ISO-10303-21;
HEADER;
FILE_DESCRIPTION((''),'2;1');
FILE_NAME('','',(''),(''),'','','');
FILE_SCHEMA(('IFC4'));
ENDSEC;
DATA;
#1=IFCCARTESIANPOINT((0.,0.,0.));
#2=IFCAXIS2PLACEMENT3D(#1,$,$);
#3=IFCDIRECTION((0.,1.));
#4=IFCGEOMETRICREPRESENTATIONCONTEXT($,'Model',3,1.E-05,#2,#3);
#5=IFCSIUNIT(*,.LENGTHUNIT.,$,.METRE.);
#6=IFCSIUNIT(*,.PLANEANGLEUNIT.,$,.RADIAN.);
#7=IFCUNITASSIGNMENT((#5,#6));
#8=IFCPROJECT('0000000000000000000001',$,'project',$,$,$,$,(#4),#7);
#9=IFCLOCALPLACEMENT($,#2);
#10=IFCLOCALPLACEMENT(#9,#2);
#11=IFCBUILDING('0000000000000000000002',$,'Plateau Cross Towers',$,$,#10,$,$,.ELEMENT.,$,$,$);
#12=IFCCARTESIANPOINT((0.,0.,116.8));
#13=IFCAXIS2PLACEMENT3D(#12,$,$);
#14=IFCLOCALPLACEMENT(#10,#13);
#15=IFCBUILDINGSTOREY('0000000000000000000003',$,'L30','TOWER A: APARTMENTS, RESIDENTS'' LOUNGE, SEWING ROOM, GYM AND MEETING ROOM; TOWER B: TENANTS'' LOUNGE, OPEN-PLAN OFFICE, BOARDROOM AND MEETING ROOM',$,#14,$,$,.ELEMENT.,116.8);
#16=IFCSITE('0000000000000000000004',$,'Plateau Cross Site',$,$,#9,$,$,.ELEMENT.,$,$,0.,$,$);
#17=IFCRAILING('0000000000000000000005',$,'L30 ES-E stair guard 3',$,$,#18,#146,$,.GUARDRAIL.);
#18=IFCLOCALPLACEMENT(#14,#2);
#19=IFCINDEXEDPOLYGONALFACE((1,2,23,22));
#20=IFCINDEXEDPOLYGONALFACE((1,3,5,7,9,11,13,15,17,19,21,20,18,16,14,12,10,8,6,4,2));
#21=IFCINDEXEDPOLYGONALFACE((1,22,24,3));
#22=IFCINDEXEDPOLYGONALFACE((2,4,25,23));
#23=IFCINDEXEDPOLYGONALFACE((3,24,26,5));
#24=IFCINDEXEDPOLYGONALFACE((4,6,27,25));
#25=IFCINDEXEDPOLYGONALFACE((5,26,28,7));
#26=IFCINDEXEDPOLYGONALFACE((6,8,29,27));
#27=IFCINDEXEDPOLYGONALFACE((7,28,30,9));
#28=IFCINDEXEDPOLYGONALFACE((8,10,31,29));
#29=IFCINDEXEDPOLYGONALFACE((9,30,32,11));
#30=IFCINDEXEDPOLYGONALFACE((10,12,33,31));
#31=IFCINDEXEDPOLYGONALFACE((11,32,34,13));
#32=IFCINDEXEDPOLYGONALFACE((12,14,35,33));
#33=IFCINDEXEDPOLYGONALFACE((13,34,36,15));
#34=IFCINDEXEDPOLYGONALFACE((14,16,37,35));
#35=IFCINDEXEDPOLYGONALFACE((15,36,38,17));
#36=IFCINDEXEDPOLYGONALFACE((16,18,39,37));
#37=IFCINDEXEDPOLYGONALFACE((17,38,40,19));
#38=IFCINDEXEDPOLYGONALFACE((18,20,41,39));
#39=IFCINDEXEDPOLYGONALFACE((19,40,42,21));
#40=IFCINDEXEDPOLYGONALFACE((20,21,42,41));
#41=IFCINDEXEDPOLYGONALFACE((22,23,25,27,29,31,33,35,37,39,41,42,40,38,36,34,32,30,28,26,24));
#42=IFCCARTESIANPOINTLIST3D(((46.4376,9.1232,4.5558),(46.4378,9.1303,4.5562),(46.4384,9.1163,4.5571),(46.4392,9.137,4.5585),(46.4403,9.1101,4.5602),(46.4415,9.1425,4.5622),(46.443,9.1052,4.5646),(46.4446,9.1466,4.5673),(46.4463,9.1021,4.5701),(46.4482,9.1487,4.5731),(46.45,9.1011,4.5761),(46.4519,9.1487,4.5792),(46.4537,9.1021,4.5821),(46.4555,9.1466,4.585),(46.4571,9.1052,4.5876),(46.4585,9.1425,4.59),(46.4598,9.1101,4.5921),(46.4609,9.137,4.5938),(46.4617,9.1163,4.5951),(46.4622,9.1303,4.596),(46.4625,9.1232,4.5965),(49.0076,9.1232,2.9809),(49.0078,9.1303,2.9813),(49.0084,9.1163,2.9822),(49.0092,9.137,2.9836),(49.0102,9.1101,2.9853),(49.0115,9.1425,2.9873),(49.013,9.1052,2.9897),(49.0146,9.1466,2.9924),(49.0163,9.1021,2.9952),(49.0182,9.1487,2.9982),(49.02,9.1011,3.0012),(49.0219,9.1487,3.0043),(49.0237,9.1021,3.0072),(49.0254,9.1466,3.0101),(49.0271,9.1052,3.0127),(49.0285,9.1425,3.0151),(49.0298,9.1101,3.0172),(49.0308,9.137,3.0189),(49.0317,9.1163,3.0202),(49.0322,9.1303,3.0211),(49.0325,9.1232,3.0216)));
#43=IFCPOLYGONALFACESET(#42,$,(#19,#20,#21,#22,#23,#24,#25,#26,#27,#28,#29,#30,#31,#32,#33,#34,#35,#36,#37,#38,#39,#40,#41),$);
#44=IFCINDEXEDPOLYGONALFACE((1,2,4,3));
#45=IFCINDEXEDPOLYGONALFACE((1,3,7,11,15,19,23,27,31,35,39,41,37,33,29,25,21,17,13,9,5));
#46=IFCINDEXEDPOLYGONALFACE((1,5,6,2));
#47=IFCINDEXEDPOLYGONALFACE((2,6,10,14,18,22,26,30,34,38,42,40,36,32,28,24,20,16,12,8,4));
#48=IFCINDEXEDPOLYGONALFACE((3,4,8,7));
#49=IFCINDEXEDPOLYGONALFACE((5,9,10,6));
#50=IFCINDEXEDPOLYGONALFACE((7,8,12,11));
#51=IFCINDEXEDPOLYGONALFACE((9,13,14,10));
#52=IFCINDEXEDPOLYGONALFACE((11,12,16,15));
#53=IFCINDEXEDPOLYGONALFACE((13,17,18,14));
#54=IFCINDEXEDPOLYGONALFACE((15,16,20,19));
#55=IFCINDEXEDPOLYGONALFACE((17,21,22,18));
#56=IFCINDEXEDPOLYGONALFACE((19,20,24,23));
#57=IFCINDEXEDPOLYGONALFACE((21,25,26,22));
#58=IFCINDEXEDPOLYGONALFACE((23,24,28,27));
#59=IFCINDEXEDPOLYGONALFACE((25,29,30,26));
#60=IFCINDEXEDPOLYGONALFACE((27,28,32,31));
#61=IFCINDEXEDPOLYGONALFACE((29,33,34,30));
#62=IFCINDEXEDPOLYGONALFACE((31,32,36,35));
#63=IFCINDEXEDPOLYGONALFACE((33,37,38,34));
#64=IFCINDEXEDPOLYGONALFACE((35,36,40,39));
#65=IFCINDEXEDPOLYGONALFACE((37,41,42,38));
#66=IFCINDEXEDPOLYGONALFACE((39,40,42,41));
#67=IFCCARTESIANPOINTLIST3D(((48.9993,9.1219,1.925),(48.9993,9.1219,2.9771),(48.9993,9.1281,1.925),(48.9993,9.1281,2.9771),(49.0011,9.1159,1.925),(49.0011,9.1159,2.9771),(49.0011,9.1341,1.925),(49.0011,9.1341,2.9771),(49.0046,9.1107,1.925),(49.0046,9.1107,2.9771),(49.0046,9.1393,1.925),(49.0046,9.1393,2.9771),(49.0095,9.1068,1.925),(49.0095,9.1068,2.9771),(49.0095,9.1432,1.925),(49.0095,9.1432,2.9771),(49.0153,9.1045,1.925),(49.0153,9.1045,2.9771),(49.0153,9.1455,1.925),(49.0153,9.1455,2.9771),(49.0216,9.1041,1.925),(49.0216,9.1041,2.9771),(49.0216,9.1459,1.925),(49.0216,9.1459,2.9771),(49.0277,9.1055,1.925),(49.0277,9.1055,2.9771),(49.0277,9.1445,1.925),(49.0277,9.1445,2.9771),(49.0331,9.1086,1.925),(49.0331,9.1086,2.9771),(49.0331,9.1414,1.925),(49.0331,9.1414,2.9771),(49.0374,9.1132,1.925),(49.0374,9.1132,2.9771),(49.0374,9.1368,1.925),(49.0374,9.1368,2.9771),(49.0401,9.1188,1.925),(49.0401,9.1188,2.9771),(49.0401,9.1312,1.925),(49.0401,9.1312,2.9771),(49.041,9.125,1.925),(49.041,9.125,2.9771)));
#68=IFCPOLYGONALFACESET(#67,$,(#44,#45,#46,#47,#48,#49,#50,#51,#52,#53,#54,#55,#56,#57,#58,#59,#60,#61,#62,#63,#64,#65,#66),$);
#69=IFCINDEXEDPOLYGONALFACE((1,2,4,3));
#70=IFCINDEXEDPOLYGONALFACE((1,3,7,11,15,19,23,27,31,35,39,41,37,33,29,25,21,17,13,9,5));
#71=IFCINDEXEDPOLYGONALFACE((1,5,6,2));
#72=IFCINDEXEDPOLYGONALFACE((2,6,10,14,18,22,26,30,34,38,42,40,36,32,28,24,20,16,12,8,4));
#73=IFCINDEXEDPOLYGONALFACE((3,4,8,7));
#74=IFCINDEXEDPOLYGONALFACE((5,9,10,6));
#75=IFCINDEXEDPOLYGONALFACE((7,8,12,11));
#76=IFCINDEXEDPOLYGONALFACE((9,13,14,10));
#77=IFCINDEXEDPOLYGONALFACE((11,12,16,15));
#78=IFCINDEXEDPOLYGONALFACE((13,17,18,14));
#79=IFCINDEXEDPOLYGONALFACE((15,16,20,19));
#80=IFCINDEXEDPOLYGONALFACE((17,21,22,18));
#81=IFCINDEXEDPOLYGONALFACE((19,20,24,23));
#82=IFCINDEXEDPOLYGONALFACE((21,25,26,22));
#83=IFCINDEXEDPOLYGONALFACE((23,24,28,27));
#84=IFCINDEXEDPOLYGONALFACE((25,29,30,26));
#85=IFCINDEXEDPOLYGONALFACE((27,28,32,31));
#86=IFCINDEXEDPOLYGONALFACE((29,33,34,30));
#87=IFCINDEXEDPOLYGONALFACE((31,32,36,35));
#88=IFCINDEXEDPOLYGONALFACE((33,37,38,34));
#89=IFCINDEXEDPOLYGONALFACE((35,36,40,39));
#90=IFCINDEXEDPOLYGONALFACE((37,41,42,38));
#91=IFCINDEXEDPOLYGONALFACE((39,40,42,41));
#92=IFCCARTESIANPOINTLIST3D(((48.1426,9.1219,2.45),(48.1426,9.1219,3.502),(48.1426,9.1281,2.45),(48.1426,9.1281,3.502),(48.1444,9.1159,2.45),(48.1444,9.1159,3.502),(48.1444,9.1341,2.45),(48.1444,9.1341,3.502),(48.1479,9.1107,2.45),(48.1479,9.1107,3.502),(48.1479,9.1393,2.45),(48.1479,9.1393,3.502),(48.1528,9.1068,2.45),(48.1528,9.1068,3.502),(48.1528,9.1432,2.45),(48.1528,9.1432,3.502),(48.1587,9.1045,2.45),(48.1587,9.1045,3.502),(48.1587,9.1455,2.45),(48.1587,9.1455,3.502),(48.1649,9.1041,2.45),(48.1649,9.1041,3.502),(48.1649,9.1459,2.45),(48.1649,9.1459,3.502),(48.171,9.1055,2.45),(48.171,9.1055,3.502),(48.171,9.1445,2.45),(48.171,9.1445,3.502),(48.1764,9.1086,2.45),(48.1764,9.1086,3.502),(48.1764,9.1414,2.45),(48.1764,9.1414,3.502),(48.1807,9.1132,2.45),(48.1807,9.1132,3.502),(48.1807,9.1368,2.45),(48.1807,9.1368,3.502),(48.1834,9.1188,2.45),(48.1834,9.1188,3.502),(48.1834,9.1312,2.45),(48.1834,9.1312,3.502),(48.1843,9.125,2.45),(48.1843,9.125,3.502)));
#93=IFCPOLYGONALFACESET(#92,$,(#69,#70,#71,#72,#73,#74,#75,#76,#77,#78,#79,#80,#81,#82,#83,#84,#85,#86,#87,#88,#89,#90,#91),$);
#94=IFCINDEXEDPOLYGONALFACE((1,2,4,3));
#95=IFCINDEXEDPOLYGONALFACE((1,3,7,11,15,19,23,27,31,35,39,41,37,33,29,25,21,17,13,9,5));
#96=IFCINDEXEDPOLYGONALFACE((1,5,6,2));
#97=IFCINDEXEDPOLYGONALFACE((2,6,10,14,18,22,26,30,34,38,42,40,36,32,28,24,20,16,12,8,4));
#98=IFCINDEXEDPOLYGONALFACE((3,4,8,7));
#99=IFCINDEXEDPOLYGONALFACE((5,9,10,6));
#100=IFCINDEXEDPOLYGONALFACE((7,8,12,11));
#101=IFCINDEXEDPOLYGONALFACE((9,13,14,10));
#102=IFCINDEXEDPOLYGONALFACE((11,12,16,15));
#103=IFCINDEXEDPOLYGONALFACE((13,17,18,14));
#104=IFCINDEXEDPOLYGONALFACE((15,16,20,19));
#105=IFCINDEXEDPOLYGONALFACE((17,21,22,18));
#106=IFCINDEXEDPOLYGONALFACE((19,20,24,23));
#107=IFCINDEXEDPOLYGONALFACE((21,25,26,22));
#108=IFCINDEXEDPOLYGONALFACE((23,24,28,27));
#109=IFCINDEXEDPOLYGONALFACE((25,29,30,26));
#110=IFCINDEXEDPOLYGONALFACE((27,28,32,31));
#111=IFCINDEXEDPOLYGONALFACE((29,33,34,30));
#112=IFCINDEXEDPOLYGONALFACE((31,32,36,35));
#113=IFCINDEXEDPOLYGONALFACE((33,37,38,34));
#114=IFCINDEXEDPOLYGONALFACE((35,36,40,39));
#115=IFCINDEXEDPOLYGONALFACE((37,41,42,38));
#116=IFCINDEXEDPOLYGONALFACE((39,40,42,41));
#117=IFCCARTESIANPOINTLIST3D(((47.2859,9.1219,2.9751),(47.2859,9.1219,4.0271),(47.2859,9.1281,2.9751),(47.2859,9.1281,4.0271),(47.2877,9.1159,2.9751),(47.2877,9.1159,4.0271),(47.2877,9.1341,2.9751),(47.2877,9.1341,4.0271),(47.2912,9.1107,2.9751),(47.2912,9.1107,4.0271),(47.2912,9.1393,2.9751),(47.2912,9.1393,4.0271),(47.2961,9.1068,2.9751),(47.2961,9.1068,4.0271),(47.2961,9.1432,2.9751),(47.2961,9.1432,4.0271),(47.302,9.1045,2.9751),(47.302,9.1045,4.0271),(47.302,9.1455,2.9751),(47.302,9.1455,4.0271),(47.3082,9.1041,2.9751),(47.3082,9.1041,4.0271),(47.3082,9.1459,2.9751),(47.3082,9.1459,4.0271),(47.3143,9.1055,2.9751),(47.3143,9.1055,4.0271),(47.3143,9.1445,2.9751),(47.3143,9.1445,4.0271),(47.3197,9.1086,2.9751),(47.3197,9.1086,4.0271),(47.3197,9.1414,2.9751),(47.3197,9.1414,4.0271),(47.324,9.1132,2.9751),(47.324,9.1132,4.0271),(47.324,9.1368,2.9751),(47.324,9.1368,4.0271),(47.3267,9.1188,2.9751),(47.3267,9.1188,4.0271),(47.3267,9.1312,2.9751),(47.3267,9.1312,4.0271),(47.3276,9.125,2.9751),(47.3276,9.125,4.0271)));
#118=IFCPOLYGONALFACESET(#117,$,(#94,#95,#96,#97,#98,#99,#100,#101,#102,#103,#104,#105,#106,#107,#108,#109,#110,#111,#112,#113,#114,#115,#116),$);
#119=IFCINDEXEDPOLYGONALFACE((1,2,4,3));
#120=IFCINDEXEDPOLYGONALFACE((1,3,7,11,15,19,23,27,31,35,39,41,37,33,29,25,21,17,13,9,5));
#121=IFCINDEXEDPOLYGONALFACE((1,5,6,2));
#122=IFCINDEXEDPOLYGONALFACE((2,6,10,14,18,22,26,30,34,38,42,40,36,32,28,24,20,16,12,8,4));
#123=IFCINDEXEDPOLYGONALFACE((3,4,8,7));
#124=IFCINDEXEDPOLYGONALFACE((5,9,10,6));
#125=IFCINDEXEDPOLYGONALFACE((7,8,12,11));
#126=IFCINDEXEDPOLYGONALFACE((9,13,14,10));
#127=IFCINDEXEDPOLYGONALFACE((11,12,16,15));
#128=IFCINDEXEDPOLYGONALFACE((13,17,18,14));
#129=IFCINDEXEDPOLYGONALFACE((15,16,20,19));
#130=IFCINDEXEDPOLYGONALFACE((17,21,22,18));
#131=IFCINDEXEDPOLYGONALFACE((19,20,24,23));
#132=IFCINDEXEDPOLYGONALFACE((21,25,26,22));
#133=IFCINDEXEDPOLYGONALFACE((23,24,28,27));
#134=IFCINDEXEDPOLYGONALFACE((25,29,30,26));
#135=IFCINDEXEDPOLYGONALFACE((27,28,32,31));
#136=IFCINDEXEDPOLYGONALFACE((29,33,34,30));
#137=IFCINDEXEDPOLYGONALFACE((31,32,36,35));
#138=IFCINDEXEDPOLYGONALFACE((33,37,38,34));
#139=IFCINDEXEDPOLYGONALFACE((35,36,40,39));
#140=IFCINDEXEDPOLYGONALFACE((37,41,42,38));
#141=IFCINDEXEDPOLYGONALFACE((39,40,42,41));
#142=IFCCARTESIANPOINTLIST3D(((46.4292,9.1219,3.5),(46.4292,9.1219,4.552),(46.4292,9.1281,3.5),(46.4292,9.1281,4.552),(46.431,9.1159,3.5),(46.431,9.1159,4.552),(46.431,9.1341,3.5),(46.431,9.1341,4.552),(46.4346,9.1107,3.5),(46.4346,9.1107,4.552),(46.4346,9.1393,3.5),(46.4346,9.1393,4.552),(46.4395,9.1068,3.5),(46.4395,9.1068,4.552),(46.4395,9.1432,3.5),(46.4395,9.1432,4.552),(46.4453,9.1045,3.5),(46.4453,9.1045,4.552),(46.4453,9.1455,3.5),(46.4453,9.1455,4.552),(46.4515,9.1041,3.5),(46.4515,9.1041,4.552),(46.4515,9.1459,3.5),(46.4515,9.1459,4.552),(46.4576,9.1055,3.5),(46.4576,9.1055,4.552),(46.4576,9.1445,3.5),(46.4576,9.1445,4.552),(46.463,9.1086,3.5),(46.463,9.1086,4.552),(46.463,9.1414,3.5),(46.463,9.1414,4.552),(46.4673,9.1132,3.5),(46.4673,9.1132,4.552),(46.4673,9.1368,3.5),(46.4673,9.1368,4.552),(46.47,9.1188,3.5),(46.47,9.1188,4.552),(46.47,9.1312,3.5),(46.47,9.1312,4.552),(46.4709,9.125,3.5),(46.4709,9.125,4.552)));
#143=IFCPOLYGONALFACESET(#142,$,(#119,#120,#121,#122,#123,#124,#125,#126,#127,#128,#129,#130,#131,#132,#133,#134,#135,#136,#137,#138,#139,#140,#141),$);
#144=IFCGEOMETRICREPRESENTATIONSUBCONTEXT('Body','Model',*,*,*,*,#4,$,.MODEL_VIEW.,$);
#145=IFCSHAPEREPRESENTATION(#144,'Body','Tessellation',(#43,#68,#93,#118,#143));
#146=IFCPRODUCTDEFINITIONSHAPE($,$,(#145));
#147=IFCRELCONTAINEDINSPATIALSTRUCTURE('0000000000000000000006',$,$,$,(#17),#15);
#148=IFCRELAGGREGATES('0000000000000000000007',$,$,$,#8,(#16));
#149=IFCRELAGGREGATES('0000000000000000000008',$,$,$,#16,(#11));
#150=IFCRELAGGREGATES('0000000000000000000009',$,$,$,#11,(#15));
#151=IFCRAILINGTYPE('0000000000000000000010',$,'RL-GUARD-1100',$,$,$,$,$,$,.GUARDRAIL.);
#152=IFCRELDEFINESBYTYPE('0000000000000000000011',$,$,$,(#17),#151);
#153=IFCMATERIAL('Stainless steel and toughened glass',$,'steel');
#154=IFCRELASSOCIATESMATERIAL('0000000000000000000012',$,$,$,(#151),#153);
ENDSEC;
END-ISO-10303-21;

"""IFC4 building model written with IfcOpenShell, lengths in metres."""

from ifc_helpers import new_model, si_unit, direction, frame, origin, origin_2d, place, context, subcontext, project, spatial, circle, extrude, material, type_object, element, save


model = new_model("IFC4")

# Units and contexts
model_context = context("Model", 3, precision=1e-05, world=origin(), true_north=direction((0.0, 1.0)))
body_context = subcontext(model_context, "Body", "Model", "MODEL_VIEW")
ifc_project = project(units=[si_unit("LENGTHUNIT", "METRE"), si_unit("PLANEANGLEUNIT", "RADIAN")], contexts=[model_context])

# Site, building, storey
site_placement = place(None, origin())
site = spatial("IfcSite", under=ifc_project, at=site_placement, Name="Plateau Cross Site", CompositionType="ELEMENT", RefElevation=0.0)
building_placement = place(site_placement, origin())
building = spatial("IfcBuilding", under=site, at=building_placement, Name="Plateau Cross Towers", CompositionType="ELEMENT")
storey_placement = place(building_placement, frame((0.0, 0.0, 116.8)))
storey = spatial("IfcBuildingStorey", under=building, at=storey_placement, Name="L30", Description="TOWER A: APARTMENTS, RESIDENTS' LOUNGE, SEWING ROOM, GYM AND MEETING ROOM; TOWER B: TENANTS' LOUNGE, OPEN-PLAN OFFICE, BOARDROOM AND MEETING ROOM", CompositionType="ELEMENT", Elevation=116.8)

# Railing
ifc_material_1 = material(Name="Stainless steel and toughened glass", Category="steel")
railing_type_1 = type_object("IfcRailingType", Name="RL-GUARD-1100", PredefinedType="GUARDRAIL", material=ifc_material_1)
railing_1_placement = place(storey_placement, frame((49.02, 9.125, 1.925)))
element("IfcRailing", 1, at=railing_1_placement, inside=storey, type_object=railing_type_1, Name="L30 ES-E stair guard 3", PredefinedType="GUARDRAIL", context=body_context, shape_type="SweptSolid", body=[
    extrude(circle(Radius=0.0239, at=origin_2d()), frame((0.0, 0.0, 1.0762), z_axis=(-0.852639, 0.0, 0.522501), x_axis=(0.0, -1.0, 0.0)), (0.0, 0.0, 1.0), 3.0142),
    extrude(circle(Radius=0.021, at=origin_2d()), origin(), (0.0, 0.0, 1.0), 1.052),
    extrude(circle(Radius=0.021, at=origin_2d()), frame((-0.8567, 0.0, 0.5249)), (0.0, 0.0, 1.0), 1.052),
    extrude(circle(Radius=0.021, at=origin_2d()), frame((-1.7134, 0.0, 1.05)), (0.0, 0.0, 1.0), 1.052),
    extrude(circle(Radius=0.021, at=origin_2d()), frame((-2.5701, 0.0, 1.575)), (0.0, 0.0, 1.0), 1.052),
])

save(model, "model.ifc")
